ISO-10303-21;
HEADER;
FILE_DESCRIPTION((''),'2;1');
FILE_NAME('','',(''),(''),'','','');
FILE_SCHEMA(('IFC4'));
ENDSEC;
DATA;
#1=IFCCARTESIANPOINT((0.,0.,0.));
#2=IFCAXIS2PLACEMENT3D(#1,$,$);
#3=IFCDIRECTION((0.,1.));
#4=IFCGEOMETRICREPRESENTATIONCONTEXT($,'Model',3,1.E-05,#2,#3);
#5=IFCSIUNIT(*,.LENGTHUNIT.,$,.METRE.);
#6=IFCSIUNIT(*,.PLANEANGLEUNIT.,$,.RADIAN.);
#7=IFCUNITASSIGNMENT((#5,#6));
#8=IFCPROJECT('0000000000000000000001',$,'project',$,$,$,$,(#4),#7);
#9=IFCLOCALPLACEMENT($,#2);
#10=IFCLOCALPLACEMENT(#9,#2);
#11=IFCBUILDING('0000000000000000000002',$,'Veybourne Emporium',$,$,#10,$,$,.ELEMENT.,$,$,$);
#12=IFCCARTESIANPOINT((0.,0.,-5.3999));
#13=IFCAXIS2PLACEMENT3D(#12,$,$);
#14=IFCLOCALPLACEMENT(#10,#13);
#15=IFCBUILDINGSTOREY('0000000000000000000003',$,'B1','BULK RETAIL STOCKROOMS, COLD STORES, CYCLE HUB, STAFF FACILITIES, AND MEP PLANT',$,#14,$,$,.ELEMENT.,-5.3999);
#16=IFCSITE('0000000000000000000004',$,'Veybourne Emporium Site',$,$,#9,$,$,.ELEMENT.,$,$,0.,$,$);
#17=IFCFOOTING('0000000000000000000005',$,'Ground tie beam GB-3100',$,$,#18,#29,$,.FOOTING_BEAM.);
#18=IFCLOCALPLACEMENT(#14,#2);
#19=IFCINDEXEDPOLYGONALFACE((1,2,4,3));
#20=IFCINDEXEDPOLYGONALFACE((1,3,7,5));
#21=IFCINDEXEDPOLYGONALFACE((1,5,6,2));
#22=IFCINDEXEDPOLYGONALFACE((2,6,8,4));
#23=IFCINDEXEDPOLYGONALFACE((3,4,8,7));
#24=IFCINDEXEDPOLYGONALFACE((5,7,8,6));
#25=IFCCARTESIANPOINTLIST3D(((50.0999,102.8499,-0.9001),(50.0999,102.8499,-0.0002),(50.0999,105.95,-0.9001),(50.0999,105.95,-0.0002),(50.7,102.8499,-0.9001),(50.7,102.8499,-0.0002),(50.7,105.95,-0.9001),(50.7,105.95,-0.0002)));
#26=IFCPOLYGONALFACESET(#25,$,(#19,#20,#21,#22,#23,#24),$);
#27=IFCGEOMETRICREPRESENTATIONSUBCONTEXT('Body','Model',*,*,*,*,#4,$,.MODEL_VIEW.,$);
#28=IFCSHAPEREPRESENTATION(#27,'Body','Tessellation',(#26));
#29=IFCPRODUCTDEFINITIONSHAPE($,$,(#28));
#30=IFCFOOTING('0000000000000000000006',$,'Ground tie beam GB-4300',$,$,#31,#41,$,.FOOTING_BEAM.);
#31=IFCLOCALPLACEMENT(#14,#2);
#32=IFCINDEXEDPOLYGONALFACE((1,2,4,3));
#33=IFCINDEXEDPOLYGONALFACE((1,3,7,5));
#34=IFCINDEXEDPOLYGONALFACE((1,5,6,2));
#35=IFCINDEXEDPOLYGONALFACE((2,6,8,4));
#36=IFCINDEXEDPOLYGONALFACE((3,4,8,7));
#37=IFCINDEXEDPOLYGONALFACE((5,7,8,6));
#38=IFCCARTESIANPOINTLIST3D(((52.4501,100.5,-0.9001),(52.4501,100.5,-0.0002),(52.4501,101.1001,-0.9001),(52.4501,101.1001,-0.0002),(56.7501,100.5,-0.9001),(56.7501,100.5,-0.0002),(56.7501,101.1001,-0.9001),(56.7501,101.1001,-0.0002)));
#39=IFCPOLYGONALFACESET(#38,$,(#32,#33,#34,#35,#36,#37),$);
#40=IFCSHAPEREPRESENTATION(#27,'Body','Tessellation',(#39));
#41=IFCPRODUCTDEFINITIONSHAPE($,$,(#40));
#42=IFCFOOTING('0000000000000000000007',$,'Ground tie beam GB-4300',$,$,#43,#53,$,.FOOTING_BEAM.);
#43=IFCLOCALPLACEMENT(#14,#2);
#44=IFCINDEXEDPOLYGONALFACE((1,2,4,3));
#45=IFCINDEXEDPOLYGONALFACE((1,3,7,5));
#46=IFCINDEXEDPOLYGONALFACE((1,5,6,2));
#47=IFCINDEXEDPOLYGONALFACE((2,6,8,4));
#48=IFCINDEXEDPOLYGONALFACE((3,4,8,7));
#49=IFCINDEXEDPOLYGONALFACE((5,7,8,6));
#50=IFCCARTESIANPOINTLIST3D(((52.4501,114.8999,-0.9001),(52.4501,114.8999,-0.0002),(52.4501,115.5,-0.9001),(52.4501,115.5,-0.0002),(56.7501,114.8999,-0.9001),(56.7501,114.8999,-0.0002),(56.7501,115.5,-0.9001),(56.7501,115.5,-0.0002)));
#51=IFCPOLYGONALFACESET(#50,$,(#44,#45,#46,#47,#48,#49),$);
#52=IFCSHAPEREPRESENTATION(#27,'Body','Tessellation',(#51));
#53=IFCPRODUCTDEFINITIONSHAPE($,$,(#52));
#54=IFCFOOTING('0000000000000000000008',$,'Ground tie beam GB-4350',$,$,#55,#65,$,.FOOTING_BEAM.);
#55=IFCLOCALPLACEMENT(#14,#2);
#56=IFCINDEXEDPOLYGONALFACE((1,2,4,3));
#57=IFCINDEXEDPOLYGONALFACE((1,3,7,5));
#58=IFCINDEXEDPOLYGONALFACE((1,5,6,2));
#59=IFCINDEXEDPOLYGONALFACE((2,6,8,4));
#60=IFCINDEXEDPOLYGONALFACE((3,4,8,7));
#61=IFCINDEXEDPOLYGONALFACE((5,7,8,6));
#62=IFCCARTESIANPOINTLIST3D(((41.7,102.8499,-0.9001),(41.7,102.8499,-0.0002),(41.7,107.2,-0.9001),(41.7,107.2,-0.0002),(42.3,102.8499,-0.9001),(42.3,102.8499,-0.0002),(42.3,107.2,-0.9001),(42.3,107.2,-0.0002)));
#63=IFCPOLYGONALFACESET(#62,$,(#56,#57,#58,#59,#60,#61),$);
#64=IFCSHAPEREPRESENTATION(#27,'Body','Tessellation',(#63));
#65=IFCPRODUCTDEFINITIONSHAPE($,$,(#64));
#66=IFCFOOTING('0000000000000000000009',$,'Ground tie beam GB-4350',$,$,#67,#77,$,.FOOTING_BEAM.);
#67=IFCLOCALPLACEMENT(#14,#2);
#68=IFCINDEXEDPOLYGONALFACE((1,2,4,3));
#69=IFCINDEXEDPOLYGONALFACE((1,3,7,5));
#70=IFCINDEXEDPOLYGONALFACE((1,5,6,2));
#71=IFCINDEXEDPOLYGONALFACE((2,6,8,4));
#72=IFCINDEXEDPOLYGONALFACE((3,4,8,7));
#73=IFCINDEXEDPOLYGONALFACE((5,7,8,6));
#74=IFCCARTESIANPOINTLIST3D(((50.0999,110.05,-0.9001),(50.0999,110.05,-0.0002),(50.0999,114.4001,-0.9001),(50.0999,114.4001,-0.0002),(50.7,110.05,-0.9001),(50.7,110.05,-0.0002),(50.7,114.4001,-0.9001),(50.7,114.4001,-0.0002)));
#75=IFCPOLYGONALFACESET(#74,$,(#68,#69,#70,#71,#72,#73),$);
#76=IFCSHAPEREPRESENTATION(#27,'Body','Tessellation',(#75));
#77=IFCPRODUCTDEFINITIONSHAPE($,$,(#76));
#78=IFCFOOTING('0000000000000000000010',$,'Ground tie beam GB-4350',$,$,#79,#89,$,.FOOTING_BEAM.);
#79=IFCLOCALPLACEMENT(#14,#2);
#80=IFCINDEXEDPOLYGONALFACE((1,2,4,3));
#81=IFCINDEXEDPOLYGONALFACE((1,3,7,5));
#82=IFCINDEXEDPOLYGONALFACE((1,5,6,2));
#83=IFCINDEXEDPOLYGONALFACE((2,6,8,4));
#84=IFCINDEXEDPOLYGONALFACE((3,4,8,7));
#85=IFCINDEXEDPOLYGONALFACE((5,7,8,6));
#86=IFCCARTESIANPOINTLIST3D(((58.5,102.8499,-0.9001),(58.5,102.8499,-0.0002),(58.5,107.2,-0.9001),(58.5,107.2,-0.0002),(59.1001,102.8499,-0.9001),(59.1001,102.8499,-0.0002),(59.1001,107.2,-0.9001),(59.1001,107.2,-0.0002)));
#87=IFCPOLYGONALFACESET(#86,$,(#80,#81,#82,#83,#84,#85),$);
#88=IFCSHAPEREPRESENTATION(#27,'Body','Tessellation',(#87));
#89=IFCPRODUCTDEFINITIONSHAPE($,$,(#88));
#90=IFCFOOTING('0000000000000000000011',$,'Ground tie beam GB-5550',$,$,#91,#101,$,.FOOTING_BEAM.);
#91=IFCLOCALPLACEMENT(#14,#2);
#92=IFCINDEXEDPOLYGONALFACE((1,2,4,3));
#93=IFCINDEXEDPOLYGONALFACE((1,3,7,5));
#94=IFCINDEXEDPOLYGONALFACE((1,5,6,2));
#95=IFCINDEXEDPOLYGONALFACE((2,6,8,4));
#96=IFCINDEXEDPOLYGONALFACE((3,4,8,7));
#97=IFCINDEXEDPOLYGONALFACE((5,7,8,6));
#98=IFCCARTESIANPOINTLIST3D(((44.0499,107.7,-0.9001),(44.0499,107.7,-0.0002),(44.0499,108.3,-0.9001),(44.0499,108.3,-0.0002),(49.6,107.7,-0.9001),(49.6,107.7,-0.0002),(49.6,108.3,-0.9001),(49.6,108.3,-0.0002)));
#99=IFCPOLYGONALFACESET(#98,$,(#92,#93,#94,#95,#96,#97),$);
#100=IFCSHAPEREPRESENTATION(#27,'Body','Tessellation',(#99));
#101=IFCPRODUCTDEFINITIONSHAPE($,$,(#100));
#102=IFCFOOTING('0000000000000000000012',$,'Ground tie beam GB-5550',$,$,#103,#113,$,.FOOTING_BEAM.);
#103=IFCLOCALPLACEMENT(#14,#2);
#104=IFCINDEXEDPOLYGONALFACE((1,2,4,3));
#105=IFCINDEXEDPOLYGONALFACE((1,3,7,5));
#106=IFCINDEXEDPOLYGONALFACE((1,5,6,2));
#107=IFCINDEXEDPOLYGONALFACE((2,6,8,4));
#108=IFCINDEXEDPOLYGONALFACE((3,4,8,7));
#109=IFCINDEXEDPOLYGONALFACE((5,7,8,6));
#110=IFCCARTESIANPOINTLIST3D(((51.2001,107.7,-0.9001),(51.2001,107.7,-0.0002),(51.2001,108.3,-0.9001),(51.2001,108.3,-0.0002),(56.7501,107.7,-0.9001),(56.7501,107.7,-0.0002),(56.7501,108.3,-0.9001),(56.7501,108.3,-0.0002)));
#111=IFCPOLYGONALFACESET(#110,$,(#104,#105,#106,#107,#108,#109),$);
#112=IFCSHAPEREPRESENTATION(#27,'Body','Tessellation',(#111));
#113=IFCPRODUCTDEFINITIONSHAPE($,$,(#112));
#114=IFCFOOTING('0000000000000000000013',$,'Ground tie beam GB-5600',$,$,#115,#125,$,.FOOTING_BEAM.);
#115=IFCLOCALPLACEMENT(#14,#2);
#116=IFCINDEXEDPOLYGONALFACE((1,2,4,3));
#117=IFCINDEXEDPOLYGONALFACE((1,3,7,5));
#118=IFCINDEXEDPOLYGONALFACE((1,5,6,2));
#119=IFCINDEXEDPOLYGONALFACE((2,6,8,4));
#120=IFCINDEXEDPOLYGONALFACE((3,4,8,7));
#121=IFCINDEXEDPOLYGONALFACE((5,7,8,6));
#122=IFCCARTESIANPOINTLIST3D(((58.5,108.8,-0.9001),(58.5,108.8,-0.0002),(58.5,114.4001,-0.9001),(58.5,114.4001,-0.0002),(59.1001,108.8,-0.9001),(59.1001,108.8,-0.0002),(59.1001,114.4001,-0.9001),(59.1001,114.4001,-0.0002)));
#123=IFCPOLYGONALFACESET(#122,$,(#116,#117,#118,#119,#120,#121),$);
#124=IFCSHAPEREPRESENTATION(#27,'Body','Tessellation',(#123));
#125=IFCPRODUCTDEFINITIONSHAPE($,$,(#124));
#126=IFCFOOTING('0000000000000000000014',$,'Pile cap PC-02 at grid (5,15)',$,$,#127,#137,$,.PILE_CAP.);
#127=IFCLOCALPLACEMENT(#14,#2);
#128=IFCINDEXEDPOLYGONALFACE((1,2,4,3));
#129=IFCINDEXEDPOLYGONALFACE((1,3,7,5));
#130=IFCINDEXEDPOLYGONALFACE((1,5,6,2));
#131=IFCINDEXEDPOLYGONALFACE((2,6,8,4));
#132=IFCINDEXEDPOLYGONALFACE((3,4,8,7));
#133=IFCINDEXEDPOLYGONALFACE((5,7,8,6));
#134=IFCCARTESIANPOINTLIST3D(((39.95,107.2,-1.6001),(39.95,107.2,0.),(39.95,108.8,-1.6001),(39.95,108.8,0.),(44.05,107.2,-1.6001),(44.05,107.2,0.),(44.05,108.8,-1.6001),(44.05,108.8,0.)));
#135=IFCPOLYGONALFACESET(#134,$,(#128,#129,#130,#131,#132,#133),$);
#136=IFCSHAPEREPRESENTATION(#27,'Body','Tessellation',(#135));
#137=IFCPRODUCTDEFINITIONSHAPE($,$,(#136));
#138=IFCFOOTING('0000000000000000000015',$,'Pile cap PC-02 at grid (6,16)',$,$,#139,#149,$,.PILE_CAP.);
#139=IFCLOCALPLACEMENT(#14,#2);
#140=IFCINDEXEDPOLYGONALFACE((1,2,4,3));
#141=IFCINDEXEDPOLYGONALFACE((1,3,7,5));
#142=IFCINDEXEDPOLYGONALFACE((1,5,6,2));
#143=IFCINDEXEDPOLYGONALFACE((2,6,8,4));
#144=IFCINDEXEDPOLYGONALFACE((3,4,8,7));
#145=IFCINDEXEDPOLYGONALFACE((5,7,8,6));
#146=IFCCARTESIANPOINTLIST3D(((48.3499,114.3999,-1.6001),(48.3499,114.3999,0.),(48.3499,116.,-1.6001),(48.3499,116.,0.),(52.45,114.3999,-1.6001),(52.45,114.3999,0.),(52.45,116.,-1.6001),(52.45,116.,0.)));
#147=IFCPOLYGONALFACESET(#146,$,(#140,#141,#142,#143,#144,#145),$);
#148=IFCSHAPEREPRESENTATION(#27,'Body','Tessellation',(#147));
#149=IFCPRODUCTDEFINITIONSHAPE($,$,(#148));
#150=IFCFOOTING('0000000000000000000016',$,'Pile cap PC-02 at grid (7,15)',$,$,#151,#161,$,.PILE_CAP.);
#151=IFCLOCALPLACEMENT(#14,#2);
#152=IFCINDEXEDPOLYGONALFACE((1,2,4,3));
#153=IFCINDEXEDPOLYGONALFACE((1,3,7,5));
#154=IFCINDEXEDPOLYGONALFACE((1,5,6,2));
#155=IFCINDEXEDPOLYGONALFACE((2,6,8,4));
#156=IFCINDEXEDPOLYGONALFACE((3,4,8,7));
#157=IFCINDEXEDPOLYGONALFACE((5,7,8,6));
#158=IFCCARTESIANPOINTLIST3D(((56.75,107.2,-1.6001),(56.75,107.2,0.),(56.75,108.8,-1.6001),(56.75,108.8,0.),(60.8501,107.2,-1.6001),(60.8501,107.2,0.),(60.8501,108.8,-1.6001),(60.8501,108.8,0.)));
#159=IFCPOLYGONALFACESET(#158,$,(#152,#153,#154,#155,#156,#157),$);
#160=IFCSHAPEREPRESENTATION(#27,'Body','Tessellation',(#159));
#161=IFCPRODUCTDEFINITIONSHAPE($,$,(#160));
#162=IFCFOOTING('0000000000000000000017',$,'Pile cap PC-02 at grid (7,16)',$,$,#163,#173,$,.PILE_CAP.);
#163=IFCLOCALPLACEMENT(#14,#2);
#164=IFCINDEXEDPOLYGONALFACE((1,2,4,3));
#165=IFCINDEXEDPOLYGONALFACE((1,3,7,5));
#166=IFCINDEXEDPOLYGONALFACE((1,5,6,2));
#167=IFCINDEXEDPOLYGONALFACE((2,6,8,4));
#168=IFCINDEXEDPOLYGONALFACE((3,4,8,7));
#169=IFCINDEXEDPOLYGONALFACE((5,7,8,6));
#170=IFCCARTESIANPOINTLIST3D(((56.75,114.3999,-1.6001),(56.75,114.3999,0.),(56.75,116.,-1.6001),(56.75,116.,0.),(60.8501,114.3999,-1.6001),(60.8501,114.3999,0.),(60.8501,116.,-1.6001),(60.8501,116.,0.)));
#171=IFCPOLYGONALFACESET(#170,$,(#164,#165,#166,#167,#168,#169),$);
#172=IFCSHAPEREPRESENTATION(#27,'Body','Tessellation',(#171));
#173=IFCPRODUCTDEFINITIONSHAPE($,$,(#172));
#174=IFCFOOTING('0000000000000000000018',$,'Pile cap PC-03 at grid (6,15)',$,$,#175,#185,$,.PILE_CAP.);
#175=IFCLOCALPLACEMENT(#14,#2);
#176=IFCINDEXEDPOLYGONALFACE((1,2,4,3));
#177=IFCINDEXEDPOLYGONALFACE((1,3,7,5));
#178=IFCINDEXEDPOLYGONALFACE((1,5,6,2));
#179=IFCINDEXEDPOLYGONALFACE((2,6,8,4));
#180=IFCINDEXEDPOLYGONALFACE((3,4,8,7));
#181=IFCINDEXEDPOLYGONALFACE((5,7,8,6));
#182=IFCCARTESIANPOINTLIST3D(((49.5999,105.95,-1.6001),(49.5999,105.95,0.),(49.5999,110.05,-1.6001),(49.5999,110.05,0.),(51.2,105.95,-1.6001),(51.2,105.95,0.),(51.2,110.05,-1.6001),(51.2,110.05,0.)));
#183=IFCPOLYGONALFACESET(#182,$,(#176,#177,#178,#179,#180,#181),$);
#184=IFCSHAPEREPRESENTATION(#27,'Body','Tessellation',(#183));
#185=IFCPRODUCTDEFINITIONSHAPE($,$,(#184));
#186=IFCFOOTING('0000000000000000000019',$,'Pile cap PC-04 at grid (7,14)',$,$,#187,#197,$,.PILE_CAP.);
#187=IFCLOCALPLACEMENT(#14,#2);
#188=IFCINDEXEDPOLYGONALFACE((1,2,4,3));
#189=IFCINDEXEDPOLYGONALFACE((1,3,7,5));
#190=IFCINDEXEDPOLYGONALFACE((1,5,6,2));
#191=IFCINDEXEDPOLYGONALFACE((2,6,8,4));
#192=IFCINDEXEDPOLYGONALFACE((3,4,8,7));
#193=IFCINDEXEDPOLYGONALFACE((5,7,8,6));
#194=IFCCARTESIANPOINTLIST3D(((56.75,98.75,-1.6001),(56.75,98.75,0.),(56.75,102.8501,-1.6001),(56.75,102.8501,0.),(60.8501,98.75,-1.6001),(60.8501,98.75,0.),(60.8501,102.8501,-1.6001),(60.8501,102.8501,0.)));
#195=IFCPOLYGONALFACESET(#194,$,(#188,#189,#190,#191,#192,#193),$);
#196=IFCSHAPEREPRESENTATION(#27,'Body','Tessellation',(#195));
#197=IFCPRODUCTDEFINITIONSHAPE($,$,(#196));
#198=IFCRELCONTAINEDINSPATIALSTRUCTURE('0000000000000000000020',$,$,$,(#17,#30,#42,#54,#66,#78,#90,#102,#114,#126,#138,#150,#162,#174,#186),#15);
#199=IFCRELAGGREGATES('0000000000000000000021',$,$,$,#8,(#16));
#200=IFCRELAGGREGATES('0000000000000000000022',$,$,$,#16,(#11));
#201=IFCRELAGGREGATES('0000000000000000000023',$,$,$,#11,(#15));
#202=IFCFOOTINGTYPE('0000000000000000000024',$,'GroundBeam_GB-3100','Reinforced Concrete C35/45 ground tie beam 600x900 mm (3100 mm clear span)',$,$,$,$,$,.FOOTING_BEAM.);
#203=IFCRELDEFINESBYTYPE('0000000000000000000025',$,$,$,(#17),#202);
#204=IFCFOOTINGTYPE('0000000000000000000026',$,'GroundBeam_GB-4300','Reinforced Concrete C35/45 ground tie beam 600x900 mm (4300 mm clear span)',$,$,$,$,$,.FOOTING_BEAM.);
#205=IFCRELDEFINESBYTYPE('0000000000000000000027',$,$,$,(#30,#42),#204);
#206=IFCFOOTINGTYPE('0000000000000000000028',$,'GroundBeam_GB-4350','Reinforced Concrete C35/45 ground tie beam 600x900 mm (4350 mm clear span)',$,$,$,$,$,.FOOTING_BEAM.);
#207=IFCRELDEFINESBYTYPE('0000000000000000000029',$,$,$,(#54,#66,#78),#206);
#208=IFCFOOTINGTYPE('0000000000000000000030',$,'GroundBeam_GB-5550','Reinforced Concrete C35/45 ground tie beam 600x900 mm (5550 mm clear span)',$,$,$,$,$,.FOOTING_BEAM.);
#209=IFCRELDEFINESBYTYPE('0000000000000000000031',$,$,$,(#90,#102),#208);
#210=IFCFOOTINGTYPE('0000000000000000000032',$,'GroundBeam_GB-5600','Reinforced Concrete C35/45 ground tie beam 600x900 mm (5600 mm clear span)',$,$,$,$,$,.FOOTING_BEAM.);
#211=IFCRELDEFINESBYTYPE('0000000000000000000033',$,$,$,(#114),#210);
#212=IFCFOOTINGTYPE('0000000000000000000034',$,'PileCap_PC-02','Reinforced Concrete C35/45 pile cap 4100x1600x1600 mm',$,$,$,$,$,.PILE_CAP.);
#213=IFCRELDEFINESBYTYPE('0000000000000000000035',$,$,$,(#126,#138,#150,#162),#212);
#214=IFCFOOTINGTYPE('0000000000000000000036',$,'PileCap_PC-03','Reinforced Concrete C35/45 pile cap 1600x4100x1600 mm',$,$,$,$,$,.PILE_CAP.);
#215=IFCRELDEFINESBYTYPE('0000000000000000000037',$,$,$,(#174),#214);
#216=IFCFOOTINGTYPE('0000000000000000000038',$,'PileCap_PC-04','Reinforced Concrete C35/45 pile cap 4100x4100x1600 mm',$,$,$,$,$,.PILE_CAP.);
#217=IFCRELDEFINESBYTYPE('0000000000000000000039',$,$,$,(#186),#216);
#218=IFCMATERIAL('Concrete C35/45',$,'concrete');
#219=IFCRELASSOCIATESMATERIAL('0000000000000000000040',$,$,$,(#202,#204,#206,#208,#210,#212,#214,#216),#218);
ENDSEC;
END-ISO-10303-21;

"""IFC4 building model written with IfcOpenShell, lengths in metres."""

from ifc_helpers import new_model, si_unit, direction, frame, origin, origin_2d, place, context, subcontext, project, spatial, rectangle, extrude, material, type_object, element, save


model = new_model("IFC4")

# Units and contexts
model_context = context("Model", 3, precision=1e-05, world=origin(), true_north=direction((0.0, 1.0)))
body_context = subcontext(model_context, "Body", "Model", "MODEL_VIEW")
ifc_project = project(units=[si_unit("LENGTHUNIT", "METRE"), si_unit("PLANEANGLEUNIT", "RADIAN")], contexts=[model_context])

# Site, building, storey
site_placement = place(None, origin())
site = spatial("IfcSite", under=ifc_project, at=site_placement, Name="Veybourne Emporium Site", CompositionType="ELEMENT", RefElevation=0.0)
building_placement = place(site_placement, origin())
building = spatial("IfcBuilding", under=site, at=building_placement, Name="Veybourne Emporium", CompositionType="ELEMENT")
storey_placement = place(building_placement, frame((0.0, 0.0, -5.3999)))
storey = spatial("IfcBuildingStorey", under=building, at=storey_placement, Name="B1", Description="BULK RETAIL STOCKROOMS, COLD STORES, CYCLE HUB, STAFF FACILITIES, AND MEP PLANT", CompositionType="ELEMENT", Elevation=-5.3999)

# Footings
ifc_material_1 = material(Name="Concrete C35/45", Category="concrete")
footing_type_1 = type_object("IfcFootingType", Name="GroundBeam_GB-3100", Description="Reinforced Concrete C35/45 ground tie beam 600x900 mm (3100 mm clear span)", PredefinedType="FOOTING_BEAM", material=ifc_material_1)
footing_1_placement = place(storey_placement, frame((50.3999, 104.3999, -0.9001), z_axis=(0.0, 0.0, 1.0), x_axis=(0.0, 1.0, 0.0)))
element("IfcFooting", 1, at=footing_1_placement, inside=storey, type_object=footing_type_1, Name="Ground tie beam GB-3100", PredefinedType="FOOTING_BEAM", context=body_context, shape_type="SweptSolid", body=[
    extrude(rectangle(XDim=3.1001, YDim=0.6001, at=origin_2d()), origin(), (0.0, 0.0, 1.0), 0.8999),
])
footing_type_2 = type_object("IfcFootingType", Name="GroundBeam_GB-4300", Description="Reinforced Concrete C35/45 ground tie beam 600x900 mm (4300 mm clear span)", PredefinedType="FOOTING_BEAM", material=ifc_material_1)
for number, where, z_axis, x_axis, name in (
    (2, (54.6001, 100.8, -0.9001), (0.0, 0.0, 1.0), (1.0, 0.0, 0.0), "Ground tie beam GB-4300"),
    (3, (54.6001, 115.2, -0.9001), (0.0, 0.0, 1.0), (1.0, 0.0, 0.0), "Ground tie beam GB-4300"),
):
    element("IfcFooting", number, at=place(storey_placement, frame(where, z_axis=z_axis, x_axis=x_axis)), inside=storey, type_object=footing_type_2, Name=name, PredefinedType="FOOTING_BEAM", context=body_context, shape_type="SweptSolid", body=[
        extrude(rectangle(XDim=4.3, YDim=0.6001, at=origin_2d()), origin(), (0.0, 0.0, 1.0), 0.8999),
    ])
footing_type_3 = type_object("IfcFootingType", Name="GroundBeam_GB-4350", Description="Reinforced Concrete C35/45 ground tie beam 600x900 mm (4350 mm clear span)", PredefinedType="FOOTING_BEAM", material=ifc_material_1)
for number, where, z_axis, x_axis, name in (
    (4, (42.0, 105.0249, -0.9001), (0.0, 0.0, 1.0), (0.0, 1.0, 0.0), "Ground tie beam GB-4350"),
    (5, (50.3999, 112.2251, -0.9001), (0.0, 0.0, 1.0), (0.0, 1.0, 0.0), "Ground tie beam GB-4350"),
    (6, (58.8, 105.0249, -0.9001), (0.0, 0.0, 1.0), (0.0, 1.0, 0.0), "Ground tie beam GB-4350"),
):
    element("IfcFooting", number, at=place(storey_placement, frame(where, z_axis=z_axis, x_axis=x_axis)), inside=storey, type_object=footing_type_3, Name=name, PredefinedType="FOOTING_BEAM", context=body_context, shape_type="SweptSolid", body=[
        extrude(rectangle(XDim=4.3501, YDim=0.6001, at=origin_2d()), origin(), (0.0, 0.0, 1.0), 0.8999),
    ])
footing_type_4 = type_object("IfcFootingType", Name="GroundBeam_GB-5550", Description="Reinforced Concrete C35/45 ground tie beam 600x900 mm (5550 mm clear span)", PredefinedType="FOOTING_BEAM", material=ifc_material_1)
for number, where, z_axis, x_axis, name in (
    (7, (46.825, 108.0, -0.9001), (0.0, 0.0, 1.0), (1.0, 0.0, 0.0), "Ground tie beam GB-5550"),
    (8, (53.9751, 108.0, -0.9001), (0.0, 0.0, 1.0), (1.0, 0.0, 0.0), "Ground tie beam GB-5550"),
):
    element("IfcFooting", number, at=place(storey_placement, frame(where, z_axis=z_axis, x_axis=x_axis)), inside=storey, type_object=footing_type_4, Name=name, PredefinedType="FOOTING_BEAM", context=body_context, shape_type="SweptSolid", body=[
        extrude(rectangle(XDim=5.55, YDim=0.6001, at=origin_2d()), origin(), (0.0, 0.0, 1.0), 0.8999),
    ])
footing_type_5 = type_object("IfcFootingType", Name="GroundBeam_GB-5600", Description="Reinforced Concrete C35/45 ground tie beam 600x900 mm (5600 mm clear span)", PredefinedType="FOOTING_BEAM", material=ifc_material_1)
footing_2_placement = place(storey_placement, frame((58.8, 111.6001, -0.9001), z_axis=(0.0, 0.0, 1.0), x_axis=(0.0, 1.0, 0.0)))
element("IfcFooting", 9, at=footing_2_placement, inside=storey, type_object=footing_type_5, Name="Ground tie beam GB-5600", PredefinedType="FOOTING_BEAM", context=body_context, shape_type="SweptSolid", body=[
    extrude(rectangle(XDim=5.6001, YDim=0.6001, at=origin_2d()), origin(), (0.0, 0.0, 1.0), 0.8999),
])
footing_type_6 = type_object("IfcFootingType", Name="PileCap_PC-02", Description="Reinforced Concrete C35/45 pile cap 4100x1600x1600 mm", PredefinedType="PILE_CAP", material=ifc_material_1)
for number, where, z_axis, x_axis, name in (
    (10, (42.0, 108.0, -1.6001), (0.0, 0.0, 1.0), (1.0, 0.0, 0.0), "Pile cap PC-02 at grid (5,15)"),
    (11, (50.3999, 115.2, -1.6001), (0.0, 0.0, 1.0), (1.0, 0.0, 0.0), "Pile cap PC-02 at grid (6,16)"),
    (12, (58.8, 108.0, -1.6001), (0.0, 0.0, 1.0), (1.0, 0.0, 0.0), "Pile cap PC-02 at grid (7,15)"),
    (13, (58.8, 115.2, -1.6001), (0.0, 0.0, 1.0), (1.0, 0.0, 0.0), "Pile cap PC-02 at grid (7,16)"),
):
    element("IfcFooting", number, at=place(storey_placement, frame(where, z_axis=z_axis, x_axis=x_axis)), inside=storey, type_object=footing_type_6, Name=name, PredefinedType="PILE_CAP", context=body_context, shape_type="SweptSolid", body=[
        extrude(rectangle(XDim=4.1001, YDim=1.6001, at=origin_2d()), origin(), (0.0, 0.0, 1.0), 1.6001),
    ])
footing_type_7 = type_object("IfcFootingType", Name="PileCap_PC-03", Description="Reinforced Concrete C35/45 pile cap 1600x4100x1600 mm", PredefinedType="PILE_CAP", material=ifc_material_1)
footing_3_placement = place(storey_placement, frame((50.3999, 108.0, -1.6001), z_axis=(0.0, 0.0, 1.0), x_axis=(1.0, 0.0, 0.0)))
element("IfcFooting", 14, at=footing_3_placement, inside=storey, type_object=footing_type_7, Name="Pile cap PC-03 at grid (6,15)", PredefinedType="PILE_CAP", context=body_context, shape_type="SweptSolid", body=[
    extrude(rectangle(XDim=1.6001, YDim=4.1001, at=origin_2d()), origin(), (0.0, 0.0, 1.0), 1.6001),
])
footing_type_8 = type_object("IfcFootingType", Name="PileCap_PC-04", Description="Reinforced Concrete C35/45 pile cap 4100x4100x1600 mm", PredefinedType="PILE_CAP", material=ifc_material_1)
footing_4_placement = place(storey_placement, frame((58.8, 100.8, -1.6001), z_axis=(0.0, 0.0, 1.0), x_axis=(1.0, 0.0, 0.0)))
element("IfcFooting", 15, at=footing_4_placement, inside=storey, type_object=footing_type_8, Name="Pile cap PC-04 at grid (7,14)", PredefinedType="PILE_CAP", context=body_context, shape_type="SweptSolid", body=[
    extrude(rectangle(XDim=4.1001, YDim=4.1001, at=origin_2d()), origin(), (0.0, 0.0, 1.0), 1.6001),
])

save(model, "model.ifc")
